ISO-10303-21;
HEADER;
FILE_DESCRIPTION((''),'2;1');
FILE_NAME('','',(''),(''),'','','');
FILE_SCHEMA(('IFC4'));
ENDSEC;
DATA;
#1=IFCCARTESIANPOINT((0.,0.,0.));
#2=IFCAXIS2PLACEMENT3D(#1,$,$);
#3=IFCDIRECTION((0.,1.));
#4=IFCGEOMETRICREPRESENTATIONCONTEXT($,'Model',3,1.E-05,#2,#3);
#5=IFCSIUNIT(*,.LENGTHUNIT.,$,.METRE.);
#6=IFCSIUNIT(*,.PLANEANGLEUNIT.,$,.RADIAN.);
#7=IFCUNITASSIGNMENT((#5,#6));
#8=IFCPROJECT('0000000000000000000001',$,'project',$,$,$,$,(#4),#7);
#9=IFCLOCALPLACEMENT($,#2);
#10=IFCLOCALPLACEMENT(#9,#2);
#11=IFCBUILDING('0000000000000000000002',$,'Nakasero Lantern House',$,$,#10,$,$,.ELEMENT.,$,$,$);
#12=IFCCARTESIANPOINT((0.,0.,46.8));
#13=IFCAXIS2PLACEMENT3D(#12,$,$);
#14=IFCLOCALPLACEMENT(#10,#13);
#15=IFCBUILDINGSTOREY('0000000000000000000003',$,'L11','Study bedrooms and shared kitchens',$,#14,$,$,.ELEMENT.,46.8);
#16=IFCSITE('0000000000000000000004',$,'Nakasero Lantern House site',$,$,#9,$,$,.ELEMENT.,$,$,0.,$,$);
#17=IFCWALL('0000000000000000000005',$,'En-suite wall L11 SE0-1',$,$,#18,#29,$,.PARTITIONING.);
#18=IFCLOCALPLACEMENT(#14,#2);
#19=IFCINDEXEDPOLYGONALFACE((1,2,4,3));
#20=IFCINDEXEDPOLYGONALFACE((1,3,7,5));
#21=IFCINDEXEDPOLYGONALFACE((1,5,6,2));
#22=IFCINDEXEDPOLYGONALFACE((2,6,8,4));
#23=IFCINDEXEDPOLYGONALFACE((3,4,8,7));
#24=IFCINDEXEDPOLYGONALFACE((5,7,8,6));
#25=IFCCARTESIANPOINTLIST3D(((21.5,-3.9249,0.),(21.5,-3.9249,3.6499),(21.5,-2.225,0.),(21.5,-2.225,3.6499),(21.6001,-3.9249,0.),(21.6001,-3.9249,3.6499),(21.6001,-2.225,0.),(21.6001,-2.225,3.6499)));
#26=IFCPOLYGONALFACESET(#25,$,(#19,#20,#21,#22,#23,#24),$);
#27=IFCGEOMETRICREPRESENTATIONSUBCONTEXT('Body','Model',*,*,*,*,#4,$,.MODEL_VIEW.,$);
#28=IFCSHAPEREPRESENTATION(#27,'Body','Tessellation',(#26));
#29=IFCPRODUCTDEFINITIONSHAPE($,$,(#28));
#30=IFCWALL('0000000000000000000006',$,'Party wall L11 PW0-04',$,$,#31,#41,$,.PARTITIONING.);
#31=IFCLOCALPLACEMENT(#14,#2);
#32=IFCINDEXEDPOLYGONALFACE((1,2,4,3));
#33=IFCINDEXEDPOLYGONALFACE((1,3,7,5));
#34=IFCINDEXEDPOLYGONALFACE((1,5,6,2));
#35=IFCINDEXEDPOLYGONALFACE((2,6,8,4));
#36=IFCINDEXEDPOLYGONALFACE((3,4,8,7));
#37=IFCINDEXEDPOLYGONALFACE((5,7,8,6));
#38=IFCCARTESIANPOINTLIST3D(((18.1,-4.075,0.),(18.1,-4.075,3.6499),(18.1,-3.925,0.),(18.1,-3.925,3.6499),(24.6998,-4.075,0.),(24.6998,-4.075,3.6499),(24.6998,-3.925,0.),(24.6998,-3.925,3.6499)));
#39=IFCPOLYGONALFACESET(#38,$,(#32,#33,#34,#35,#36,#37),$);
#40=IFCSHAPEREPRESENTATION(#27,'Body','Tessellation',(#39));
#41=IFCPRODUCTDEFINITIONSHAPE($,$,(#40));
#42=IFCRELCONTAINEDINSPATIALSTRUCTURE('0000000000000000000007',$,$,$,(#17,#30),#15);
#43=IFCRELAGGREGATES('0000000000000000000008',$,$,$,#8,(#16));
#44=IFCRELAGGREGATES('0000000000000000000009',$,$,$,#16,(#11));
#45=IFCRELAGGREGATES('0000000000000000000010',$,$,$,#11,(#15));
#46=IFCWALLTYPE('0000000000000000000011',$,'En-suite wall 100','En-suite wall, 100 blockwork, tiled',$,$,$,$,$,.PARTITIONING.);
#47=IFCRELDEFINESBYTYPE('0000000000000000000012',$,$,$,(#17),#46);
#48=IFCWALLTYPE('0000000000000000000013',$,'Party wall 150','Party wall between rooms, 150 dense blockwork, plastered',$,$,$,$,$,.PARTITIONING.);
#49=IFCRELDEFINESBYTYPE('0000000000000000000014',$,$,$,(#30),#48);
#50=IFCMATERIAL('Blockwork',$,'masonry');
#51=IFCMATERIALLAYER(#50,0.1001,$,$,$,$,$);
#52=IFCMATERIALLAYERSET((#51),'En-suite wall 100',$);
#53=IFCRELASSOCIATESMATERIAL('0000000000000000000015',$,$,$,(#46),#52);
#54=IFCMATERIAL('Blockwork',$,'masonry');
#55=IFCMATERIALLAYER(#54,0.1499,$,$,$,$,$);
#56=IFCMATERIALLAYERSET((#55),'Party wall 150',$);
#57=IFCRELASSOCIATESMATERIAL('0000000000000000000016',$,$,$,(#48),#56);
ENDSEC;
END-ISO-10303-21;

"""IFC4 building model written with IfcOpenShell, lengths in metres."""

from ifc_helpers import new_model, si_unit, direction, frame, frame_2d, origin, place, context, subcontext, project, spatial, rectangle, extrude, material, layer, layer_set, type_object, element, save


model = new_model("IFC4")

# Units and contexts
model_context = context("Model", 3, precision=1e-05, world=origin(), true_north=direction((0.0, 1.0)))
body_context = subcontext(model_context, "Body", "Model", "MODEL_VIEW")
ifc_project = project(units=[si_unit("LENGTHUNIT", "METRE"), si_unit("PLANEANGLEUNIT", "RADIAN")], contexts=[model_context])

# Site, building, storey
site_placement = place(None, origin())
site = spatial("IfcSite", under=ifc_project, at=site_placement, Name="Nakasero Lantern House site", CompositionType="ELEMENT", RefElevation=0.0)
building_placement = place(site_placement, origin())
building = spatial("IfcBuilding", under=site, at=building_placement, Name="Nakasero Lantern House", CompositionType="ELEMENT")
storey_placement = place(building_placement, frame((0.0, 0.0, 46.8)))
storey = spatial("IfcBuildingStorey", under=building, at=storey_placement, Name="L11", Description="Study bedrooms and shared kitchens", CompositionType="ELEMENT", Elevation=46.8)

# Walls
ifc_material_1 = material(Name="Blockwork", Category="masonry")
ifc_layer_1 = layer(ifc_material_1, 0.1001)
ifc_layer_set_1 = layer_set([ifc_layer_1], Name="En-suite wall 100")
wall_type_1 = type_object("IfcWallType", Name="En-suite wall 100", Description="En-suite wall, 100 blockwork, tiled", PredefinedType="PARTITIONING", material=ifc_layer_set_1)
wall_1_placement = place(storey_placement, frame((21.55, -3.925, 0.0), z_axis=(0.0, 0.0, 1.0), x_axis=(0.0, 1.0, 0.0)))
element("IfcWall", 1, at=wall_1_placement, inside=storey, type_object=wall_type_1, Name="En-suite wall L11 SE0-1", PredefinedType="PARTITIONING", context=body_context, shape_type="SweptSolid", body=[
    extrude(rectangle(XDim=1.7, YDim=0.1001, at=frame_2d((0.8501, 0.0))), origin(), (0.0, 0.0, 1.0), 3.6499),
])
ifc_material_2 = material(Name="Blockwork", Category="masonry")
ifc_layer_2 = layer(ifc_material_2, 0.1499)
ifc_layer_set_2 = layer_set([ifc_layer_2], Name="Party wall 150")
wall_type_2 = type_object("IfcWallType", Name="Party wall 150", Description="Party wall between rooms, 150 dense blockwork, plastered", PredefinedType="PARTITIONING", material=ifc_layer_set_2)
wall_2_placement = place(storey_placement, frame((18.1001, -4.0, 0.0), z_axis=(0.0, 0.0, 1.0), x_axis=(1.0, 0.0, 0.0)))
element("IfcWall", 2, at=wall_2_placement, inside=storey, type_object=wall_type_2, Name="Party wall L11 PW0-04", PredefinedType="PARTITIONING", context=body_context, shape_type="SweptSolid", body=[
    extrude(rectangle(XDim=6.5999, YDim=0.1499, at=frame_2d((3.2998, 0.0))), origin(), (0.0, 0.0, 1.0), 3.6499),
])

save(model, "model.ifc")
